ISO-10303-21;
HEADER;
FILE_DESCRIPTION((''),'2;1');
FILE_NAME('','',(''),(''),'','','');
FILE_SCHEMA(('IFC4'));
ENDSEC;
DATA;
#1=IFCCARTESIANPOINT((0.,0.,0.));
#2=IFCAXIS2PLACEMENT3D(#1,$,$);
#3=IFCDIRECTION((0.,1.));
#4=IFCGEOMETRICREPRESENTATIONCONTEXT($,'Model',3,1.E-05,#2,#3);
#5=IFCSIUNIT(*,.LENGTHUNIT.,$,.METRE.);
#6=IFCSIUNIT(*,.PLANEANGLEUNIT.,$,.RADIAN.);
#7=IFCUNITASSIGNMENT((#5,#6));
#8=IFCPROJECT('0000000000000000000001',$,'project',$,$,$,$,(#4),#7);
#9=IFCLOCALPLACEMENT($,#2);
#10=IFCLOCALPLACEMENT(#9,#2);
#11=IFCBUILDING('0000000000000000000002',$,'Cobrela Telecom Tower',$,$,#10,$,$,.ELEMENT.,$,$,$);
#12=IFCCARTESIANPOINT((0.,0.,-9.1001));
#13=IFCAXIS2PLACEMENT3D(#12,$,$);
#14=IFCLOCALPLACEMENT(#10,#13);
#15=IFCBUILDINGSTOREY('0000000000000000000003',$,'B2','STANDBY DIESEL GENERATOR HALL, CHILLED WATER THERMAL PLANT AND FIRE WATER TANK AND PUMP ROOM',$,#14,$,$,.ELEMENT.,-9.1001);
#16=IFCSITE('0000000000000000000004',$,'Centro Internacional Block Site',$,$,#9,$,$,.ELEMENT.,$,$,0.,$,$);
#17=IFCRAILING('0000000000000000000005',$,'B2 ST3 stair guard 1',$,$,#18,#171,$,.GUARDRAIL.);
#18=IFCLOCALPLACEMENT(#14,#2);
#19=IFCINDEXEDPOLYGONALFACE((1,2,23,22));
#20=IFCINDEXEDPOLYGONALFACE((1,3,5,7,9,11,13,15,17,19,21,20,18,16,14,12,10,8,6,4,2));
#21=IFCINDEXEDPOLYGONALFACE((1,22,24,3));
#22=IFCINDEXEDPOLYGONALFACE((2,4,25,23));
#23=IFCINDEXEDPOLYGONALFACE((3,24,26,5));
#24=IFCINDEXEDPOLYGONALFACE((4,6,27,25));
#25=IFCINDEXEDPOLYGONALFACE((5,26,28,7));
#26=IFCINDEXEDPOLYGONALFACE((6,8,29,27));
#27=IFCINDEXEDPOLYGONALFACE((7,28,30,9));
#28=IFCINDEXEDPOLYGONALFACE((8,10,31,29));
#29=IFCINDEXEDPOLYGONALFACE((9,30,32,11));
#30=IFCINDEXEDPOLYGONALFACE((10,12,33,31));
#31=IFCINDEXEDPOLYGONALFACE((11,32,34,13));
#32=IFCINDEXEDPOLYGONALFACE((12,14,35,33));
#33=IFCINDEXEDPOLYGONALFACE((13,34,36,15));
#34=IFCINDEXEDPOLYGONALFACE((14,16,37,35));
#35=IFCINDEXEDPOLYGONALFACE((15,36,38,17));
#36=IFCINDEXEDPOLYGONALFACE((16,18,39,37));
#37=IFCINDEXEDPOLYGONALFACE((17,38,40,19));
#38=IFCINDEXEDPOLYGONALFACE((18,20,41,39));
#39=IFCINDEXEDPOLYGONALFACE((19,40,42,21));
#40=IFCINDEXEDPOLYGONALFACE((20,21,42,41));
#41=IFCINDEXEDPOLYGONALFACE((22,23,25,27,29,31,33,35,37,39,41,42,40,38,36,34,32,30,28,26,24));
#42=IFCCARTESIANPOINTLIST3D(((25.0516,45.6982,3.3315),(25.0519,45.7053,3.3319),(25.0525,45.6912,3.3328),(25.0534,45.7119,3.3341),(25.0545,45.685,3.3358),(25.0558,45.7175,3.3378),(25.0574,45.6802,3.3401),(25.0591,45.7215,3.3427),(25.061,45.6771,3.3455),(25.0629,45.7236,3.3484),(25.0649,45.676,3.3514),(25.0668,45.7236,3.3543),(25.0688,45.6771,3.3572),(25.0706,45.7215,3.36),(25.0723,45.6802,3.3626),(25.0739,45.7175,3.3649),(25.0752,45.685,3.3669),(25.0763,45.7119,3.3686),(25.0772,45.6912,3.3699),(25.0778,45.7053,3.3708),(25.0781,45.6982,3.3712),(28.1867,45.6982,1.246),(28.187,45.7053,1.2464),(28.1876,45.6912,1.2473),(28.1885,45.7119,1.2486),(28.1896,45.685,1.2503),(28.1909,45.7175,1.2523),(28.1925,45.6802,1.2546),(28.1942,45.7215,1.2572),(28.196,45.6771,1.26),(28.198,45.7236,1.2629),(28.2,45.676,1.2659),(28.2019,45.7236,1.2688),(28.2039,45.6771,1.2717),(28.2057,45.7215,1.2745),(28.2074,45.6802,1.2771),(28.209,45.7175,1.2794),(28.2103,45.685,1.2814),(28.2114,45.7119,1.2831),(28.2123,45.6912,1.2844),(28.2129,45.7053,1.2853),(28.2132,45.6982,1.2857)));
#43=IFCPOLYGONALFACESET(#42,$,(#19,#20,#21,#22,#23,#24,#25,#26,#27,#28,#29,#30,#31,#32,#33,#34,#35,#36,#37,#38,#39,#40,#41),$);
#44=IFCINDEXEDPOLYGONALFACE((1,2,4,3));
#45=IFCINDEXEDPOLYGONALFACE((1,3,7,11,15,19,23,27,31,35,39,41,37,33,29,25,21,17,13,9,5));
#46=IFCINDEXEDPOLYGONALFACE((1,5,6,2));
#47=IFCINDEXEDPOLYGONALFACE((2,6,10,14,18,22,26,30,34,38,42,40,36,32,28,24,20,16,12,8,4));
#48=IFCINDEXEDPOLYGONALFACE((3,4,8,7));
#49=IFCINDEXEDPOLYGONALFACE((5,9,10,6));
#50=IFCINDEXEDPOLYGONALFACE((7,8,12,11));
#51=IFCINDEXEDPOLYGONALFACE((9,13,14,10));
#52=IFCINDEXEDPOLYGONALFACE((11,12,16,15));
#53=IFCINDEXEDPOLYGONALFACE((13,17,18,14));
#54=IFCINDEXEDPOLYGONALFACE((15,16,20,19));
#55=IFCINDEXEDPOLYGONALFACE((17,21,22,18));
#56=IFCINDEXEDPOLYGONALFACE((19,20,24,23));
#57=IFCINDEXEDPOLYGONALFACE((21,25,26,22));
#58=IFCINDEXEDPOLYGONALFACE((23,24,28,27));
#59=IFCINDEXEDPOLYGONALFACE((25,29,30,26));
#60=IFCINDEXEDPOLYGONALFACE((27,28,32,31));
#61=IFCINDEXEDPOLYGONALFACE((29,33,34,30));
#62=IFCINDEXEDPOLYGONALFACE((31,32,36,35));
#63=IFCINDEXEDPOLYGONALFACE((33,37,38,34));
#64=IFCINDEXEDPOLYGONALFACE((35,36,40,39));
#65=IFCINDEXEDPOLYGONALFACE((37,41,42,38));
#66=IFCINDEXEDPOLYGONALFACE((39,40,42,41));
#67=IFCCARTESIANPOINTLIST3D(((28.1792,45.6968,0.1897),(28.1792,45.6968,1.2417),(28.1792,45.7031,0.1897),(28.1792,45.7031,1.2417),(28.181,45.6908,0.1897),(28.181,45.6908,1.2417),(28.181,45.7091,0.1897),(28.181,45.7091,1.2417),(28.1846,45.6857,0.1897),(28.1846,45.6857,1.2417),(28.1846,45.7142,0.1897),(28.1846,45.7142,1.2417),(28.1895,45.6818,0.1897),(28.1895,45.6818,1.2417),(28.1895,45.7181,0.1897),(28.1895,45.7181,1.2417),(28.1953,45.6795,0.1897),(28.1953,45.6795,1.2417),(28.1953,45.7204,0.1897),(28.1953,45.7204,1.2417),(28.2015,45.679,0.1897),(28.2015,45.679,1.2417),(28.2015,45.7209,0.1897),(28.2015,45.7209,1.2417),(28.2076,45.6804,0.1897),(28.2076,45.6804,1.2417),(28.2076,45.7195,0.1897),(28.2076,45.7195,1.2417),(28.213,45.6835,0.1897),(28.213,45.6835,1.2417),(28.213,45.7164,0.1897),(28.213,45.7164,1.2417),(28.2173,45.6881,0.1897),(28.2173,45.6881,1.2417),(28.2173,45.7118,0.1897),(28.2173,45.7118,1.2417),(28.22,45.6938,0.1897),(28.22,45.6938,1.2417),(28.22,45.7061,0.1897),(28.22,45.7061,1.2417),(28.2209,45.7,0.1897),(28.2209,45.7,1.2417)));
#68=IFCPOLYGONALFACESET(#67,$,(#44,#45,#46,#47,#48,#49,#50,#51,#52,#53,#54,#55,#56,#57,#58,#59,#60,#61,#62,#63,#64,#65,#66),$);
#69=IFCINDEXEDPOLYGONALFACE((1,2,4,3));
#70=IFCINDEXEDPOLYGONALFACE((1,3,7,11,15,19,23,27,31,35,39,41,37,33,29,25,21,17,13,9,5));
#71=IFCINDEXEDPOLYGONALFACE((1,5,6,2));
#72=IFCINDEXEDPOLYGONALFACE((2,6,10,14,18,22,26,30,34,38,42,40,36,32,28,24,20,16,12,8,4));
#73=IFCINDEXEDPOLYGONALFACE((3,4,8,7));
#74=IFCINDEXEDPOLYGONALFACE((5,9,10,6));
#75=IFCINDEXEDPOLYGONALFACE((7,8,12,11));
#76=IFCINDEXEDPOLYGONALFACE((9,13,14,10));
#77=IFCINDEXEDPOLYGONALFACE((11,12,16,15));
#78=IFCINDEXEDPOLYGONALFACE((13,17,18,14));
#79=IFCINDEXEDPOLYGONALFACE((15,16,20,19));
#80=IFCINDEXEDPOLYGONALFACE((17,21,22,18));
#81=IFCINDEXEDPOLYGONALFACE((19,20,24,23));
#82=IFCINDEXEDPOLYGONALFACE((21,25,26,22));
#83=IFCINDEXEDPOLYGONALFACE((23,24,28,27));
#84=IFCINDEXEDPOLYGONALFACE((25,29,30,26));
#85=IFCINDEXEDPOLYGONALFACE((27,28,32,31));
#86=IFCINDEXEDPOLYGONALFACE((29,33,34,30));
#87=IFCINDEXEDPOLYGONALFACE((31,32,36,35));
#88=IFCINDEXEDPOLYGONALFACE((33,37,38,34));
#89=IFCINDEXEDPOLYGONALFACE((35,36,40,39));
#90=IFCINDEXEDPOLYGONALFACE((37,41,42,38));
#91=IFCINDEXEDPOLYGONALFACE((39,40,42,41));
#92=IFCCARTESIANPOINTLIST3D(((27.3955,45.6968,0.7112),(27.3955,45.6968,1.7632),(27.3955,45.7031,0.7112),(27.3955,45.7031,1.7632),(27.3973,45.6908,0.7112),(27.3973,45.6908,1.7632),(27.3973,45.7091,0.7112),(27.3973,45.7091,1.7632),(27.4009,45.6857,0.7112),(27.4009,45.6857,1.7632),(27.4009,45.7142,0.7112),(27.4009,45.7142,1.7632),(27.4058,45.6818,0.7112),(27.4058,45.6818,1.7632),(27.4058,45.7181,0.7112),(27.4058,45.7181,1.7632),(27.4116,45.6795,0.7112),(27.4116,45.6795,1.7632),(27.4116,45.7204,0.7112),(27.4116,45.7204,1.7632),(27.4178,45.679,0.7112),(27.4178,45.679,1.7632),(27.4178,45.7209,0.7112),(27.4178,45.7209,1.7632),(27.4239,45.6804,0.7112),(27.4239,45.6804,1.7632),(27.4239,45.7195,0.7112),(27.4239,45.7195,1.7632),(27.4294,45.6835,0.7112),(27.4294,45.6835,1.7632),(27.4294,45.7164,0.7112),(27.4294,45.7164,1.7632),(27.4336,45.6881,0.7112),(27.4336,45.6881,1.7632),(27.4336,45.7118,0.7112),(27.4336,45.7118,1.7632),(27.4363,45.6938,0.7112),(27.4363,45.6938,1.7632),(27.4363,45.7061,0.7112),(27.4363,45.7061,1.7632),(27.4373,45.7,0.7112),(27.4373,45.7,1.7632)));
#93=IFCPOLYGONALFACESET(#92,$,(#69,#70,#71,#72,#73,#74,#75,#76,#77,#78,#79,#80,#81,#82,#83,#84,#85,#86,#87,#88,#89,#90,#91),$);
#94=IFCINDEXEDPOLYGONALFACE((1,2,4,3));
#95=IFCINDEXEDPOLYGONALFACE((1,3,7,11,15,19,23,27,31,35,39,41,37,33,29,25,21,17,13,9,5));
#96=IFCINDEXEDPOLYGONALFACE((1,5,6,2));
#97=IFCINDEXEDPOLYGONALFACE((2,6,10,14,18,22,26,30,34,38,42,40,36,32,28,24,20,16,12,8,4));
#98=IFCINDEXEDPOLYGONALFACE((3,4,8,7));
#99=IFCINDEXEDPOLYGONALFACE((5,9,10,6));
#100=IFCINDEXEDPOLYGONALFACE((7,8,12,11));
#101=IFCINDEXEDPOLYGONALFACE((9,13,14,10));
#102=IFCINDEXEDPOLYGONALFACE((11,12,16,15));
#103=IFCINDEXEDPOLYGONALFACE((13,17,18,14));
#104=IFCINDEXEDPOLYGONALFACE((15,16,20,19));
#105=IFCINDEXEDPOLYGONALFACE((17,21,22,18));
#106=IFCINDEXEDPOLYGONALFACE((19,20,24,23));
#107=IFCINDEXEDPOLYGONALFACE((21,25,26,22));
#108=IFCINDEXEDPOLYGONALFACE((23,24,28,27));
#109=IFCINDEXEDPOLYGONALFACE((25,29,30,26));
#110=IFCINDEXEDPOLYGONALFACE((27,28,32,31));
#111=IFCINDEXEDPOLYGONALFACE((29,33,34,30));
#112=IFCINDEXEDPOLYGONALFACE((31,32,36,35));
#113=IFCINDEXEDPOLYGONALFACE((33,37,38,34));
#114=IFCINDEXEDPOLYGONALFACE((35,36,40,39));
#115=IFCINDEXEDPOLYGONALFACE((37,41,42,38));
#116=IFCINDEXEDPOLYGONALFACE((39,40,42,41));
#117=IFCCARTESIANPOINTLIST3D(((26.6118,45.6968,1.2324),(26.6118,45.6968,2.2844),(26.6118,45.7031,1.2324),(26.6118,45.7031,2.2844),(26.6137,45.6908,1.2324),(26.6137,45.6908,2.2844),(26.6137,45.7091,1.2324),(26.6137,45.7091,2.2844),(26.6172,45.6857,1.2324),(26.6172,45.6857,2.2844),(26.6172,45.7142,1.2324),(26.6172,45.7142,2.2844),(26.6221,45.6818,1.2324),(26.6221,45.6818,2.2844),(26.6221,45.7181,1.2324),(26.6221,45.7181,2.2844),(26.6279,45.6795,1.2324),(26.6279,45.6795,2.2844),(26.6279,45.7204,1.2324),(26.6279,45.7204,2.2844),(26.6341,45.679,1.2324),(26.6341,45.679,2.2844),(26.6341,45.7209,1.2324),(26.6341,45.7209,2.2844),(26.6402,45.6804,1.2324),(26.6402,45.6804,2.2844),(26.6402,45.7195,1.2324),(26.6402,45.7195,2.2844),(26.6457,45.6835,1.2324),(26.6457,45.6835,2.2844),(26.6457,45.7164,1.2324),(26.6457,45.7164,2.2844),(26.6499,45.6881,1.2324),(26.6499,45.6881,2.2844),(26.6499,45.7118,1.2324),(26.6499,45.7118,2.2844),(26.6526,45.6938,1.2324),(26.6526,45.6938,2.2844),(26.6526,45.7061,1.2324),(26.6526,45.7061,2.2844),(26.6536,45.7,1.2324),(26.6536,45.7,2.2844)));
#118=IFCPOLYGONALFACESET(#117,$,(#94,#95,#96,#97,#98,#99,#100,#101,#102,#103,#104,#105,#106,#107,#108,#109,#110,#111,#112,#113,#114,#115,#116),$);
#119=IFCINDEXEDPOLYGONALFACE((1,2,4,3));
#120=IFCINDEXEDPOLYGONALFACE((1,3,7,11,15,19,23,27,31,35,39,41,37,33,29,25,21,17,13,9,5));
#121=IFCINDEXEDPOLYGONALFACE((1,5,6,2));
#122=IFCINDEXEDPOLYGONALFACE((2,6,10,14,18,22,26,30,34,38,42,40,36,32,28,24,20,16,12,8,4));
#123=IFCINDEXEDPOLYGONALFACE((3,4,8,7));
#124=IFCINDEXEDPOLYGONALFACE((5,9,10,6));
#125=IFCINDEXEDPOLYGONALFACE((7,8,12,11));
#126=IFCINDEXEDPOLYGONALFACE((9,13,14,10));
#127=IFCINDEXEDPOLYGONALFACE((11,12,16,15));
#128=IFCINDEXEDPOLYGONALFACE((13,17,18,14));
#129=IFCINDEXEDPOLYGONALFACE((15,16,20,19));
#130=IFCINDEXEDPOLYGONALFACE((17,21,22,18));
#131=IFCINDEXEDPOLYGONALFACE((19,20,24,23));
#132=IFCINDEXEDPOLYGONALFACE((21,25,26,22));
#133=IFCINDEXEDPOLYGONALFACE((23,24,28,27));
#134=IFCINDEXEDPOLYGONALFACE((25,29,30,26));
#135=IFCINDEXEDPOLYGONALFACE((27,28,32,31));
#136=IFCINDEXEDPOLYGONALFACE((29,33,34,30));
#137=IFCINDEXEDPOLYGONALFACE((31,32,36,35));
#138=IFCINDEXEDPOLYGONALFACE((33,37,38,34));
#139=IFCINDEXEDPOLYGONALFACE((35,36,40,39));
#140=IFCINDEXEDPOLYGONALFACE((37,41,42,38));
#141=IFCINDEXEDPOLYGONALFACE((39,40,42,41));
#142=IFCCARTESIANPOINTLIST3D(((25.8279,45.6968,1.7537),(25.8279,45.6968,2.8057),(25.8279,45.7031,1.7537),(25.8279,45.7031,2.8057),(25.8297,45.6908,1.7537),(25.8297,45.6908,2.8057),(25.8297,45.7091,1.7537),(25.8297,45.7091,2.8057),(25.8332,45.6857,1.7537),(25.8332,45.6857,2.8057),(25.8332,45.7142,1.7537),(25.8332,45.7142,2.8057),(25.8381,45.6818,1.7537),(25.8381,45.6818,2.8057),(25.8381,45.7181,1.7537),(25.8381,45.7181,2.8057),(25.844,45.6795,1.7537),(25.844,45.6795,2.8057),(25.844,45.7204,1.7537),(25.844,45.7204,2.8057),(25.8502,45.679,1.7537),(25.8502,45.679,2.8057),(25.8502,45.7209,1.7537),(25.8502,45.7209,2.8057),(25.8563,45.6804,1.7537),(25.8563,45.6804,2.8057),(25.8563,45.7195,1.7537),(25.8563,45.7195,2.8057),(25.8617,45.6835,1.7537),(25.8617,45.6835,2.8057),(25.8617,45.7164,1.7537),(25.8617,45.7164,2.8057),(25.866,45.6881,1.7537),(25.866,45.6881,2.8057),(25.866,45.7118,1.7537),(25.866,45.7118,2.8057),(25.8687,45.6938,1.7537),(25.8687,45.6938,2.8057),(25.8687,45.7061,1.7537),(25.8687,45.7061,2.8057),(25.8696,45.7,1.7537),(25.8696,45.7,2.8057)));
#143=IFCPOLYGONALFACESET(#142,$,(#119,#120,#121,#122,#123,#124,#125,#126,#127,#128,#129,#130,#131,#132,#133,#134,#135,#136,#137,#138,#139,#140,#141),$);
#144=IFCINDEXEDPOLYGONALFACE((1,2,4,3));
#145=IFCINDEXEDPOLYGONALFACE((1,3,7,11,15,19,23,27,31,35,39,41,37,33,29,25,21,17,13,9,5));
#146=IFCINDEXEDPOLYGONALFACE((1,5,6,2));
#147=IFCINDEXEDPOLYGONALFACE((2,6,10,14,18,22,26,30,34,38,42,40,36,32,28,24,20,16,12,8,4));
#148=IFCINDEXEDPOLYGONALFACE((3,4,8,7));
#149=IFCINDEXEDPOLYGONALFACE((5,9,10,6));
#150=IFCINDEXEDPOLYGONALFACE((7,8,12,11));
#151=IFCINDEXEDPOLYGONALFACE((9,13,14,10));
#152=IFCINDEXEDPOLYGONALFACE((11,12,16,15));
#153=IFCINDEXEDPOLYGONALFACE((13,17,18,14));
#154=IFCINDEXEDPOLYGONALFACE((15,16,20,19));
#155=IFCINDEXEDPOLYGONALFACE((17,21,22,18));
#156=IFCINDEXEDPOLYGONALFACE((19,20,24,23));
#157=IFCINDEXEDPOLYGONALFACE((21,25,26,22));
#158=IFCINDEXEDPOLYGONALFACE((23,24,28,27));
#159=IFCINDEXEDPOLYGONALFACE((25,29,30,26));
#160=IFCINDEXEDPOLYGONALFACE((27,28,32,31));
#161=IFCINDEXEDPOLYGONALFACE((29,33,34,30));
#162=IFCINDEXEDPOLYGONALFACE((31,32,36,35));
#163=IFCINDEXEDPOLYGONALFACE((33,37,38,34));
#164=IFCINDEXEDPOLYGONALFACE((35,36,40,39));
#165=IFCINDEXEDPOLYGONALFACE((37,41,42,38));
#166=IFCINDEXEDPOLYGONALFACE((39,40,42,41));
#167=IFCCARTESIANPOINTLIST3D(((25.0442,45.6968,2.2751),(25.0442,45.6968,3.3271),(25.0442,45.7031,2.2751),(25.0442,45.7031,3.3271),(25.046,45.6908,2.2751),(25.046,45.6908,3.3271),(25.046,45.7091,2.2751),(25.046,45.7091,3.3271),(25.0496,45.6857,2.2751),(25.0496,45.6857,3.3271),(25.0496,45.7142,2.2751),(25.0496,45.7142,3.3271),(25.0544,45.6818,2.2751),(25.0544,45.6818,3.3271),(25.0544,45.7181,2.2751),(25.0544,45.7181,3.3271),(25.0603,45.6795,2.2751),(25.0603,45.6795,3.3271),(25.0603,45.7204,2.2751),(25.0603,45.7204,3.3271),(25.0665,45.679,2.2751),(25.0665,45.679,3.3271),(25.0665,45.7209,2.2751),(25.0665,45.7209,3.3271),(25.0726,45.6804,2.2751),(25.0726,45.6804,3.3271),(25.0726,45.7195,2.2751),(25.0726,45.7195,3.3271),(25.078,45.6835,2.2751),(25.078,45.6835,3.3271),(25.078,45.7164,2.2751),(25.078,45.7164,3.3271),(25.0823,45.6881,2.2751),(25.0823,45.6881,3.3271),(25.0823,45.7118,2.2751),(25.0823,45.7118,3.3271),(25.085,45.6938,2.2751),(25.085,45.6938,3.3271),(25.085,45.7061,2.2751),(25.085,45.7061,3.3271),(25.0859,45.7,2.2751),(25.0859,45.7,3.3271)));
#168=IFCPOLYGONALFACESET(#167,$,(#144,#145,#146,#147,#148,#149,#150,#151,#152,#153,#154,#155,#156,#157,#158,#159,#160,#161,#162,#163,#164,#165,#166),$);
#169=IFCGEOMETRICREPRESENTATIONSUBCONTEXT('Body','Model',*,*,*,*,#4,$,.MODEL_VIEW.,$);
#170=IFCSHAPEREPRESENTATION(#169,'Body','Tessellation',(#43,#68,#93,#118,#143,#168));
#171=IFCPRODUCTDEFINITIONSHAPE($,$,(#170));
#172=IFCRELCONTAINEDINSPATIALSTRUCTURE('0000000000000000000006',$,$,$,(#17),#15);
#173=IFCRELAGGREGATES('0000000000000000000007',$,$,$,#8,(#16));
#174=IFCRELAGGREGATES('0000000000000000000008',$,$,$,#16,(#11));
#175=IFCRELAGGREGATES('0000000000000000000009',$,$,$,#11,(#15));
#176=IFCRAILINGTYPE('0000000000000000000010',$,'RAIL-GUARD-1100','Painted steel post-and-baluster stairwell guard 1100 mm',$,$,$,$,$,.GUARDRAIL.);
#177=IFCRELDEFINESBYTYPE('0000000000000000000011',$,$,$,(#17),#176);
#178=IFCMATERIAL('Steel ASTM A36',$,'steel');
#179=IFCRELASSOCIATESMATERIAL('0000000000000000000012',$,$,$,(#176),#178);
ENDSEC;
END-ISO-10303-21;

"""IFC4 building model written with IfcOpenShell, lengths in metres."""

from ifc_helpers import new_model, si_unit, direction, frame, origin, origin_2d, place, context, subcontext, project, spatial, circle, extrude, material, type_object, element, save


model = new_model("IFC4")

# Units and contexts
model_context = context("Model", 3, precision=1e-05, world=origin(), true_north=direction((0.0, 1.0)))
body_context = subcontext(model_context, "Body", "Model", "MODEL_VIEW")
ifc_project = project(units=[si_unit("LENGTHUNIT", "METRE"), si_unit("PLANEANGLEUNIT", "RADIAN")], contexts=[model_context])

# Site, building, storey
site_placement = place(None, origin())
site = spatial("IfcSite", under=ifc_project, at=site_placement, Name="Centro Internacional Block Site", CompositionType="ELEMENT", RefElevation=0.0)
building_placement = place(site_placement, origin())
building = spatial("IfcBuilding", under=site, at=building_placement, Name="Cobrela Telecom Tower", CompositionType="ELEMENT")
storey_placement = place(building_placement, frame((0.0, 0.0, -9.1001)))
storey = spatial("IfcBuildingStorey", under=building, at=storey_placement, Name="B2", Description="STANDBY DIESEL GENERATOR HALL, CHILLED WATER THERMAL PLANT AND FIRE WATER TANK AND PUMP ROOM", CompositionType="ELEMENT", Elevation=-9.1001)

# Shared definitions
ifc_material_1 = material(Name="Steel ASTM A36", Category="steel")

# Railing
railing_type_1 = type_object("IfcRailingType", Name="RAIL-GUARD-1100", Description="Painted steel post-and-baluster stairwell guard 1100 mm", PredefinedType="GUARDRAIL", material=ifc_material_1)
railing_1_placement = place(storey_placement, frame((28.2, 45.7, 0.1897)))
element("IfcRailing", 1, at=railing_1_placement, inside=storey, type_object=railing_type_1, Name="B2 ST3 stair guard 1", PredefinedType="GUARDRAIL", context=body_context, shape_type="SweptSolid", body=[
    extrude(circle(Radius=0.0239, at=origin_2d()), frame((0.0, 0.0, 1.0762), z_axis=(-0.832608, 0.0, 0.553862), x_axis=(0.0, -1.0, 0.0)), (0.0, 0.0, 1.0), 3.7654),
    extrude(circle(Radius=0.021, at=origin_2d()), origin(), (0.0, 0.0, 1.0), 1.052),
    extrude(circle(Radius=0.021, at=origin_2d()), frame((-0.7837, 0.0, 0.5215)), (0.0, 0.0, 1.0), 1.052),
    extrude(circle(Radius=0.021, at=origin_2d()), frame((-1.5674, 0.0, 1.0427)), (0.0, 0.0, 1.0), 1.052),
    extrude(circle(Radius=0.021, at=origin_2d()), frame((-2.3513, 0.0, 1.564)), (0.0, 0.0, 1.0), 1.052),
    extrude(circle(Radius=0.021, at=origin_2d()), frame((-3.135, 0.0, 2.0854)), (0.0, 0.0, 1.0), 1.052),
])

save(model, "model.ifc")
